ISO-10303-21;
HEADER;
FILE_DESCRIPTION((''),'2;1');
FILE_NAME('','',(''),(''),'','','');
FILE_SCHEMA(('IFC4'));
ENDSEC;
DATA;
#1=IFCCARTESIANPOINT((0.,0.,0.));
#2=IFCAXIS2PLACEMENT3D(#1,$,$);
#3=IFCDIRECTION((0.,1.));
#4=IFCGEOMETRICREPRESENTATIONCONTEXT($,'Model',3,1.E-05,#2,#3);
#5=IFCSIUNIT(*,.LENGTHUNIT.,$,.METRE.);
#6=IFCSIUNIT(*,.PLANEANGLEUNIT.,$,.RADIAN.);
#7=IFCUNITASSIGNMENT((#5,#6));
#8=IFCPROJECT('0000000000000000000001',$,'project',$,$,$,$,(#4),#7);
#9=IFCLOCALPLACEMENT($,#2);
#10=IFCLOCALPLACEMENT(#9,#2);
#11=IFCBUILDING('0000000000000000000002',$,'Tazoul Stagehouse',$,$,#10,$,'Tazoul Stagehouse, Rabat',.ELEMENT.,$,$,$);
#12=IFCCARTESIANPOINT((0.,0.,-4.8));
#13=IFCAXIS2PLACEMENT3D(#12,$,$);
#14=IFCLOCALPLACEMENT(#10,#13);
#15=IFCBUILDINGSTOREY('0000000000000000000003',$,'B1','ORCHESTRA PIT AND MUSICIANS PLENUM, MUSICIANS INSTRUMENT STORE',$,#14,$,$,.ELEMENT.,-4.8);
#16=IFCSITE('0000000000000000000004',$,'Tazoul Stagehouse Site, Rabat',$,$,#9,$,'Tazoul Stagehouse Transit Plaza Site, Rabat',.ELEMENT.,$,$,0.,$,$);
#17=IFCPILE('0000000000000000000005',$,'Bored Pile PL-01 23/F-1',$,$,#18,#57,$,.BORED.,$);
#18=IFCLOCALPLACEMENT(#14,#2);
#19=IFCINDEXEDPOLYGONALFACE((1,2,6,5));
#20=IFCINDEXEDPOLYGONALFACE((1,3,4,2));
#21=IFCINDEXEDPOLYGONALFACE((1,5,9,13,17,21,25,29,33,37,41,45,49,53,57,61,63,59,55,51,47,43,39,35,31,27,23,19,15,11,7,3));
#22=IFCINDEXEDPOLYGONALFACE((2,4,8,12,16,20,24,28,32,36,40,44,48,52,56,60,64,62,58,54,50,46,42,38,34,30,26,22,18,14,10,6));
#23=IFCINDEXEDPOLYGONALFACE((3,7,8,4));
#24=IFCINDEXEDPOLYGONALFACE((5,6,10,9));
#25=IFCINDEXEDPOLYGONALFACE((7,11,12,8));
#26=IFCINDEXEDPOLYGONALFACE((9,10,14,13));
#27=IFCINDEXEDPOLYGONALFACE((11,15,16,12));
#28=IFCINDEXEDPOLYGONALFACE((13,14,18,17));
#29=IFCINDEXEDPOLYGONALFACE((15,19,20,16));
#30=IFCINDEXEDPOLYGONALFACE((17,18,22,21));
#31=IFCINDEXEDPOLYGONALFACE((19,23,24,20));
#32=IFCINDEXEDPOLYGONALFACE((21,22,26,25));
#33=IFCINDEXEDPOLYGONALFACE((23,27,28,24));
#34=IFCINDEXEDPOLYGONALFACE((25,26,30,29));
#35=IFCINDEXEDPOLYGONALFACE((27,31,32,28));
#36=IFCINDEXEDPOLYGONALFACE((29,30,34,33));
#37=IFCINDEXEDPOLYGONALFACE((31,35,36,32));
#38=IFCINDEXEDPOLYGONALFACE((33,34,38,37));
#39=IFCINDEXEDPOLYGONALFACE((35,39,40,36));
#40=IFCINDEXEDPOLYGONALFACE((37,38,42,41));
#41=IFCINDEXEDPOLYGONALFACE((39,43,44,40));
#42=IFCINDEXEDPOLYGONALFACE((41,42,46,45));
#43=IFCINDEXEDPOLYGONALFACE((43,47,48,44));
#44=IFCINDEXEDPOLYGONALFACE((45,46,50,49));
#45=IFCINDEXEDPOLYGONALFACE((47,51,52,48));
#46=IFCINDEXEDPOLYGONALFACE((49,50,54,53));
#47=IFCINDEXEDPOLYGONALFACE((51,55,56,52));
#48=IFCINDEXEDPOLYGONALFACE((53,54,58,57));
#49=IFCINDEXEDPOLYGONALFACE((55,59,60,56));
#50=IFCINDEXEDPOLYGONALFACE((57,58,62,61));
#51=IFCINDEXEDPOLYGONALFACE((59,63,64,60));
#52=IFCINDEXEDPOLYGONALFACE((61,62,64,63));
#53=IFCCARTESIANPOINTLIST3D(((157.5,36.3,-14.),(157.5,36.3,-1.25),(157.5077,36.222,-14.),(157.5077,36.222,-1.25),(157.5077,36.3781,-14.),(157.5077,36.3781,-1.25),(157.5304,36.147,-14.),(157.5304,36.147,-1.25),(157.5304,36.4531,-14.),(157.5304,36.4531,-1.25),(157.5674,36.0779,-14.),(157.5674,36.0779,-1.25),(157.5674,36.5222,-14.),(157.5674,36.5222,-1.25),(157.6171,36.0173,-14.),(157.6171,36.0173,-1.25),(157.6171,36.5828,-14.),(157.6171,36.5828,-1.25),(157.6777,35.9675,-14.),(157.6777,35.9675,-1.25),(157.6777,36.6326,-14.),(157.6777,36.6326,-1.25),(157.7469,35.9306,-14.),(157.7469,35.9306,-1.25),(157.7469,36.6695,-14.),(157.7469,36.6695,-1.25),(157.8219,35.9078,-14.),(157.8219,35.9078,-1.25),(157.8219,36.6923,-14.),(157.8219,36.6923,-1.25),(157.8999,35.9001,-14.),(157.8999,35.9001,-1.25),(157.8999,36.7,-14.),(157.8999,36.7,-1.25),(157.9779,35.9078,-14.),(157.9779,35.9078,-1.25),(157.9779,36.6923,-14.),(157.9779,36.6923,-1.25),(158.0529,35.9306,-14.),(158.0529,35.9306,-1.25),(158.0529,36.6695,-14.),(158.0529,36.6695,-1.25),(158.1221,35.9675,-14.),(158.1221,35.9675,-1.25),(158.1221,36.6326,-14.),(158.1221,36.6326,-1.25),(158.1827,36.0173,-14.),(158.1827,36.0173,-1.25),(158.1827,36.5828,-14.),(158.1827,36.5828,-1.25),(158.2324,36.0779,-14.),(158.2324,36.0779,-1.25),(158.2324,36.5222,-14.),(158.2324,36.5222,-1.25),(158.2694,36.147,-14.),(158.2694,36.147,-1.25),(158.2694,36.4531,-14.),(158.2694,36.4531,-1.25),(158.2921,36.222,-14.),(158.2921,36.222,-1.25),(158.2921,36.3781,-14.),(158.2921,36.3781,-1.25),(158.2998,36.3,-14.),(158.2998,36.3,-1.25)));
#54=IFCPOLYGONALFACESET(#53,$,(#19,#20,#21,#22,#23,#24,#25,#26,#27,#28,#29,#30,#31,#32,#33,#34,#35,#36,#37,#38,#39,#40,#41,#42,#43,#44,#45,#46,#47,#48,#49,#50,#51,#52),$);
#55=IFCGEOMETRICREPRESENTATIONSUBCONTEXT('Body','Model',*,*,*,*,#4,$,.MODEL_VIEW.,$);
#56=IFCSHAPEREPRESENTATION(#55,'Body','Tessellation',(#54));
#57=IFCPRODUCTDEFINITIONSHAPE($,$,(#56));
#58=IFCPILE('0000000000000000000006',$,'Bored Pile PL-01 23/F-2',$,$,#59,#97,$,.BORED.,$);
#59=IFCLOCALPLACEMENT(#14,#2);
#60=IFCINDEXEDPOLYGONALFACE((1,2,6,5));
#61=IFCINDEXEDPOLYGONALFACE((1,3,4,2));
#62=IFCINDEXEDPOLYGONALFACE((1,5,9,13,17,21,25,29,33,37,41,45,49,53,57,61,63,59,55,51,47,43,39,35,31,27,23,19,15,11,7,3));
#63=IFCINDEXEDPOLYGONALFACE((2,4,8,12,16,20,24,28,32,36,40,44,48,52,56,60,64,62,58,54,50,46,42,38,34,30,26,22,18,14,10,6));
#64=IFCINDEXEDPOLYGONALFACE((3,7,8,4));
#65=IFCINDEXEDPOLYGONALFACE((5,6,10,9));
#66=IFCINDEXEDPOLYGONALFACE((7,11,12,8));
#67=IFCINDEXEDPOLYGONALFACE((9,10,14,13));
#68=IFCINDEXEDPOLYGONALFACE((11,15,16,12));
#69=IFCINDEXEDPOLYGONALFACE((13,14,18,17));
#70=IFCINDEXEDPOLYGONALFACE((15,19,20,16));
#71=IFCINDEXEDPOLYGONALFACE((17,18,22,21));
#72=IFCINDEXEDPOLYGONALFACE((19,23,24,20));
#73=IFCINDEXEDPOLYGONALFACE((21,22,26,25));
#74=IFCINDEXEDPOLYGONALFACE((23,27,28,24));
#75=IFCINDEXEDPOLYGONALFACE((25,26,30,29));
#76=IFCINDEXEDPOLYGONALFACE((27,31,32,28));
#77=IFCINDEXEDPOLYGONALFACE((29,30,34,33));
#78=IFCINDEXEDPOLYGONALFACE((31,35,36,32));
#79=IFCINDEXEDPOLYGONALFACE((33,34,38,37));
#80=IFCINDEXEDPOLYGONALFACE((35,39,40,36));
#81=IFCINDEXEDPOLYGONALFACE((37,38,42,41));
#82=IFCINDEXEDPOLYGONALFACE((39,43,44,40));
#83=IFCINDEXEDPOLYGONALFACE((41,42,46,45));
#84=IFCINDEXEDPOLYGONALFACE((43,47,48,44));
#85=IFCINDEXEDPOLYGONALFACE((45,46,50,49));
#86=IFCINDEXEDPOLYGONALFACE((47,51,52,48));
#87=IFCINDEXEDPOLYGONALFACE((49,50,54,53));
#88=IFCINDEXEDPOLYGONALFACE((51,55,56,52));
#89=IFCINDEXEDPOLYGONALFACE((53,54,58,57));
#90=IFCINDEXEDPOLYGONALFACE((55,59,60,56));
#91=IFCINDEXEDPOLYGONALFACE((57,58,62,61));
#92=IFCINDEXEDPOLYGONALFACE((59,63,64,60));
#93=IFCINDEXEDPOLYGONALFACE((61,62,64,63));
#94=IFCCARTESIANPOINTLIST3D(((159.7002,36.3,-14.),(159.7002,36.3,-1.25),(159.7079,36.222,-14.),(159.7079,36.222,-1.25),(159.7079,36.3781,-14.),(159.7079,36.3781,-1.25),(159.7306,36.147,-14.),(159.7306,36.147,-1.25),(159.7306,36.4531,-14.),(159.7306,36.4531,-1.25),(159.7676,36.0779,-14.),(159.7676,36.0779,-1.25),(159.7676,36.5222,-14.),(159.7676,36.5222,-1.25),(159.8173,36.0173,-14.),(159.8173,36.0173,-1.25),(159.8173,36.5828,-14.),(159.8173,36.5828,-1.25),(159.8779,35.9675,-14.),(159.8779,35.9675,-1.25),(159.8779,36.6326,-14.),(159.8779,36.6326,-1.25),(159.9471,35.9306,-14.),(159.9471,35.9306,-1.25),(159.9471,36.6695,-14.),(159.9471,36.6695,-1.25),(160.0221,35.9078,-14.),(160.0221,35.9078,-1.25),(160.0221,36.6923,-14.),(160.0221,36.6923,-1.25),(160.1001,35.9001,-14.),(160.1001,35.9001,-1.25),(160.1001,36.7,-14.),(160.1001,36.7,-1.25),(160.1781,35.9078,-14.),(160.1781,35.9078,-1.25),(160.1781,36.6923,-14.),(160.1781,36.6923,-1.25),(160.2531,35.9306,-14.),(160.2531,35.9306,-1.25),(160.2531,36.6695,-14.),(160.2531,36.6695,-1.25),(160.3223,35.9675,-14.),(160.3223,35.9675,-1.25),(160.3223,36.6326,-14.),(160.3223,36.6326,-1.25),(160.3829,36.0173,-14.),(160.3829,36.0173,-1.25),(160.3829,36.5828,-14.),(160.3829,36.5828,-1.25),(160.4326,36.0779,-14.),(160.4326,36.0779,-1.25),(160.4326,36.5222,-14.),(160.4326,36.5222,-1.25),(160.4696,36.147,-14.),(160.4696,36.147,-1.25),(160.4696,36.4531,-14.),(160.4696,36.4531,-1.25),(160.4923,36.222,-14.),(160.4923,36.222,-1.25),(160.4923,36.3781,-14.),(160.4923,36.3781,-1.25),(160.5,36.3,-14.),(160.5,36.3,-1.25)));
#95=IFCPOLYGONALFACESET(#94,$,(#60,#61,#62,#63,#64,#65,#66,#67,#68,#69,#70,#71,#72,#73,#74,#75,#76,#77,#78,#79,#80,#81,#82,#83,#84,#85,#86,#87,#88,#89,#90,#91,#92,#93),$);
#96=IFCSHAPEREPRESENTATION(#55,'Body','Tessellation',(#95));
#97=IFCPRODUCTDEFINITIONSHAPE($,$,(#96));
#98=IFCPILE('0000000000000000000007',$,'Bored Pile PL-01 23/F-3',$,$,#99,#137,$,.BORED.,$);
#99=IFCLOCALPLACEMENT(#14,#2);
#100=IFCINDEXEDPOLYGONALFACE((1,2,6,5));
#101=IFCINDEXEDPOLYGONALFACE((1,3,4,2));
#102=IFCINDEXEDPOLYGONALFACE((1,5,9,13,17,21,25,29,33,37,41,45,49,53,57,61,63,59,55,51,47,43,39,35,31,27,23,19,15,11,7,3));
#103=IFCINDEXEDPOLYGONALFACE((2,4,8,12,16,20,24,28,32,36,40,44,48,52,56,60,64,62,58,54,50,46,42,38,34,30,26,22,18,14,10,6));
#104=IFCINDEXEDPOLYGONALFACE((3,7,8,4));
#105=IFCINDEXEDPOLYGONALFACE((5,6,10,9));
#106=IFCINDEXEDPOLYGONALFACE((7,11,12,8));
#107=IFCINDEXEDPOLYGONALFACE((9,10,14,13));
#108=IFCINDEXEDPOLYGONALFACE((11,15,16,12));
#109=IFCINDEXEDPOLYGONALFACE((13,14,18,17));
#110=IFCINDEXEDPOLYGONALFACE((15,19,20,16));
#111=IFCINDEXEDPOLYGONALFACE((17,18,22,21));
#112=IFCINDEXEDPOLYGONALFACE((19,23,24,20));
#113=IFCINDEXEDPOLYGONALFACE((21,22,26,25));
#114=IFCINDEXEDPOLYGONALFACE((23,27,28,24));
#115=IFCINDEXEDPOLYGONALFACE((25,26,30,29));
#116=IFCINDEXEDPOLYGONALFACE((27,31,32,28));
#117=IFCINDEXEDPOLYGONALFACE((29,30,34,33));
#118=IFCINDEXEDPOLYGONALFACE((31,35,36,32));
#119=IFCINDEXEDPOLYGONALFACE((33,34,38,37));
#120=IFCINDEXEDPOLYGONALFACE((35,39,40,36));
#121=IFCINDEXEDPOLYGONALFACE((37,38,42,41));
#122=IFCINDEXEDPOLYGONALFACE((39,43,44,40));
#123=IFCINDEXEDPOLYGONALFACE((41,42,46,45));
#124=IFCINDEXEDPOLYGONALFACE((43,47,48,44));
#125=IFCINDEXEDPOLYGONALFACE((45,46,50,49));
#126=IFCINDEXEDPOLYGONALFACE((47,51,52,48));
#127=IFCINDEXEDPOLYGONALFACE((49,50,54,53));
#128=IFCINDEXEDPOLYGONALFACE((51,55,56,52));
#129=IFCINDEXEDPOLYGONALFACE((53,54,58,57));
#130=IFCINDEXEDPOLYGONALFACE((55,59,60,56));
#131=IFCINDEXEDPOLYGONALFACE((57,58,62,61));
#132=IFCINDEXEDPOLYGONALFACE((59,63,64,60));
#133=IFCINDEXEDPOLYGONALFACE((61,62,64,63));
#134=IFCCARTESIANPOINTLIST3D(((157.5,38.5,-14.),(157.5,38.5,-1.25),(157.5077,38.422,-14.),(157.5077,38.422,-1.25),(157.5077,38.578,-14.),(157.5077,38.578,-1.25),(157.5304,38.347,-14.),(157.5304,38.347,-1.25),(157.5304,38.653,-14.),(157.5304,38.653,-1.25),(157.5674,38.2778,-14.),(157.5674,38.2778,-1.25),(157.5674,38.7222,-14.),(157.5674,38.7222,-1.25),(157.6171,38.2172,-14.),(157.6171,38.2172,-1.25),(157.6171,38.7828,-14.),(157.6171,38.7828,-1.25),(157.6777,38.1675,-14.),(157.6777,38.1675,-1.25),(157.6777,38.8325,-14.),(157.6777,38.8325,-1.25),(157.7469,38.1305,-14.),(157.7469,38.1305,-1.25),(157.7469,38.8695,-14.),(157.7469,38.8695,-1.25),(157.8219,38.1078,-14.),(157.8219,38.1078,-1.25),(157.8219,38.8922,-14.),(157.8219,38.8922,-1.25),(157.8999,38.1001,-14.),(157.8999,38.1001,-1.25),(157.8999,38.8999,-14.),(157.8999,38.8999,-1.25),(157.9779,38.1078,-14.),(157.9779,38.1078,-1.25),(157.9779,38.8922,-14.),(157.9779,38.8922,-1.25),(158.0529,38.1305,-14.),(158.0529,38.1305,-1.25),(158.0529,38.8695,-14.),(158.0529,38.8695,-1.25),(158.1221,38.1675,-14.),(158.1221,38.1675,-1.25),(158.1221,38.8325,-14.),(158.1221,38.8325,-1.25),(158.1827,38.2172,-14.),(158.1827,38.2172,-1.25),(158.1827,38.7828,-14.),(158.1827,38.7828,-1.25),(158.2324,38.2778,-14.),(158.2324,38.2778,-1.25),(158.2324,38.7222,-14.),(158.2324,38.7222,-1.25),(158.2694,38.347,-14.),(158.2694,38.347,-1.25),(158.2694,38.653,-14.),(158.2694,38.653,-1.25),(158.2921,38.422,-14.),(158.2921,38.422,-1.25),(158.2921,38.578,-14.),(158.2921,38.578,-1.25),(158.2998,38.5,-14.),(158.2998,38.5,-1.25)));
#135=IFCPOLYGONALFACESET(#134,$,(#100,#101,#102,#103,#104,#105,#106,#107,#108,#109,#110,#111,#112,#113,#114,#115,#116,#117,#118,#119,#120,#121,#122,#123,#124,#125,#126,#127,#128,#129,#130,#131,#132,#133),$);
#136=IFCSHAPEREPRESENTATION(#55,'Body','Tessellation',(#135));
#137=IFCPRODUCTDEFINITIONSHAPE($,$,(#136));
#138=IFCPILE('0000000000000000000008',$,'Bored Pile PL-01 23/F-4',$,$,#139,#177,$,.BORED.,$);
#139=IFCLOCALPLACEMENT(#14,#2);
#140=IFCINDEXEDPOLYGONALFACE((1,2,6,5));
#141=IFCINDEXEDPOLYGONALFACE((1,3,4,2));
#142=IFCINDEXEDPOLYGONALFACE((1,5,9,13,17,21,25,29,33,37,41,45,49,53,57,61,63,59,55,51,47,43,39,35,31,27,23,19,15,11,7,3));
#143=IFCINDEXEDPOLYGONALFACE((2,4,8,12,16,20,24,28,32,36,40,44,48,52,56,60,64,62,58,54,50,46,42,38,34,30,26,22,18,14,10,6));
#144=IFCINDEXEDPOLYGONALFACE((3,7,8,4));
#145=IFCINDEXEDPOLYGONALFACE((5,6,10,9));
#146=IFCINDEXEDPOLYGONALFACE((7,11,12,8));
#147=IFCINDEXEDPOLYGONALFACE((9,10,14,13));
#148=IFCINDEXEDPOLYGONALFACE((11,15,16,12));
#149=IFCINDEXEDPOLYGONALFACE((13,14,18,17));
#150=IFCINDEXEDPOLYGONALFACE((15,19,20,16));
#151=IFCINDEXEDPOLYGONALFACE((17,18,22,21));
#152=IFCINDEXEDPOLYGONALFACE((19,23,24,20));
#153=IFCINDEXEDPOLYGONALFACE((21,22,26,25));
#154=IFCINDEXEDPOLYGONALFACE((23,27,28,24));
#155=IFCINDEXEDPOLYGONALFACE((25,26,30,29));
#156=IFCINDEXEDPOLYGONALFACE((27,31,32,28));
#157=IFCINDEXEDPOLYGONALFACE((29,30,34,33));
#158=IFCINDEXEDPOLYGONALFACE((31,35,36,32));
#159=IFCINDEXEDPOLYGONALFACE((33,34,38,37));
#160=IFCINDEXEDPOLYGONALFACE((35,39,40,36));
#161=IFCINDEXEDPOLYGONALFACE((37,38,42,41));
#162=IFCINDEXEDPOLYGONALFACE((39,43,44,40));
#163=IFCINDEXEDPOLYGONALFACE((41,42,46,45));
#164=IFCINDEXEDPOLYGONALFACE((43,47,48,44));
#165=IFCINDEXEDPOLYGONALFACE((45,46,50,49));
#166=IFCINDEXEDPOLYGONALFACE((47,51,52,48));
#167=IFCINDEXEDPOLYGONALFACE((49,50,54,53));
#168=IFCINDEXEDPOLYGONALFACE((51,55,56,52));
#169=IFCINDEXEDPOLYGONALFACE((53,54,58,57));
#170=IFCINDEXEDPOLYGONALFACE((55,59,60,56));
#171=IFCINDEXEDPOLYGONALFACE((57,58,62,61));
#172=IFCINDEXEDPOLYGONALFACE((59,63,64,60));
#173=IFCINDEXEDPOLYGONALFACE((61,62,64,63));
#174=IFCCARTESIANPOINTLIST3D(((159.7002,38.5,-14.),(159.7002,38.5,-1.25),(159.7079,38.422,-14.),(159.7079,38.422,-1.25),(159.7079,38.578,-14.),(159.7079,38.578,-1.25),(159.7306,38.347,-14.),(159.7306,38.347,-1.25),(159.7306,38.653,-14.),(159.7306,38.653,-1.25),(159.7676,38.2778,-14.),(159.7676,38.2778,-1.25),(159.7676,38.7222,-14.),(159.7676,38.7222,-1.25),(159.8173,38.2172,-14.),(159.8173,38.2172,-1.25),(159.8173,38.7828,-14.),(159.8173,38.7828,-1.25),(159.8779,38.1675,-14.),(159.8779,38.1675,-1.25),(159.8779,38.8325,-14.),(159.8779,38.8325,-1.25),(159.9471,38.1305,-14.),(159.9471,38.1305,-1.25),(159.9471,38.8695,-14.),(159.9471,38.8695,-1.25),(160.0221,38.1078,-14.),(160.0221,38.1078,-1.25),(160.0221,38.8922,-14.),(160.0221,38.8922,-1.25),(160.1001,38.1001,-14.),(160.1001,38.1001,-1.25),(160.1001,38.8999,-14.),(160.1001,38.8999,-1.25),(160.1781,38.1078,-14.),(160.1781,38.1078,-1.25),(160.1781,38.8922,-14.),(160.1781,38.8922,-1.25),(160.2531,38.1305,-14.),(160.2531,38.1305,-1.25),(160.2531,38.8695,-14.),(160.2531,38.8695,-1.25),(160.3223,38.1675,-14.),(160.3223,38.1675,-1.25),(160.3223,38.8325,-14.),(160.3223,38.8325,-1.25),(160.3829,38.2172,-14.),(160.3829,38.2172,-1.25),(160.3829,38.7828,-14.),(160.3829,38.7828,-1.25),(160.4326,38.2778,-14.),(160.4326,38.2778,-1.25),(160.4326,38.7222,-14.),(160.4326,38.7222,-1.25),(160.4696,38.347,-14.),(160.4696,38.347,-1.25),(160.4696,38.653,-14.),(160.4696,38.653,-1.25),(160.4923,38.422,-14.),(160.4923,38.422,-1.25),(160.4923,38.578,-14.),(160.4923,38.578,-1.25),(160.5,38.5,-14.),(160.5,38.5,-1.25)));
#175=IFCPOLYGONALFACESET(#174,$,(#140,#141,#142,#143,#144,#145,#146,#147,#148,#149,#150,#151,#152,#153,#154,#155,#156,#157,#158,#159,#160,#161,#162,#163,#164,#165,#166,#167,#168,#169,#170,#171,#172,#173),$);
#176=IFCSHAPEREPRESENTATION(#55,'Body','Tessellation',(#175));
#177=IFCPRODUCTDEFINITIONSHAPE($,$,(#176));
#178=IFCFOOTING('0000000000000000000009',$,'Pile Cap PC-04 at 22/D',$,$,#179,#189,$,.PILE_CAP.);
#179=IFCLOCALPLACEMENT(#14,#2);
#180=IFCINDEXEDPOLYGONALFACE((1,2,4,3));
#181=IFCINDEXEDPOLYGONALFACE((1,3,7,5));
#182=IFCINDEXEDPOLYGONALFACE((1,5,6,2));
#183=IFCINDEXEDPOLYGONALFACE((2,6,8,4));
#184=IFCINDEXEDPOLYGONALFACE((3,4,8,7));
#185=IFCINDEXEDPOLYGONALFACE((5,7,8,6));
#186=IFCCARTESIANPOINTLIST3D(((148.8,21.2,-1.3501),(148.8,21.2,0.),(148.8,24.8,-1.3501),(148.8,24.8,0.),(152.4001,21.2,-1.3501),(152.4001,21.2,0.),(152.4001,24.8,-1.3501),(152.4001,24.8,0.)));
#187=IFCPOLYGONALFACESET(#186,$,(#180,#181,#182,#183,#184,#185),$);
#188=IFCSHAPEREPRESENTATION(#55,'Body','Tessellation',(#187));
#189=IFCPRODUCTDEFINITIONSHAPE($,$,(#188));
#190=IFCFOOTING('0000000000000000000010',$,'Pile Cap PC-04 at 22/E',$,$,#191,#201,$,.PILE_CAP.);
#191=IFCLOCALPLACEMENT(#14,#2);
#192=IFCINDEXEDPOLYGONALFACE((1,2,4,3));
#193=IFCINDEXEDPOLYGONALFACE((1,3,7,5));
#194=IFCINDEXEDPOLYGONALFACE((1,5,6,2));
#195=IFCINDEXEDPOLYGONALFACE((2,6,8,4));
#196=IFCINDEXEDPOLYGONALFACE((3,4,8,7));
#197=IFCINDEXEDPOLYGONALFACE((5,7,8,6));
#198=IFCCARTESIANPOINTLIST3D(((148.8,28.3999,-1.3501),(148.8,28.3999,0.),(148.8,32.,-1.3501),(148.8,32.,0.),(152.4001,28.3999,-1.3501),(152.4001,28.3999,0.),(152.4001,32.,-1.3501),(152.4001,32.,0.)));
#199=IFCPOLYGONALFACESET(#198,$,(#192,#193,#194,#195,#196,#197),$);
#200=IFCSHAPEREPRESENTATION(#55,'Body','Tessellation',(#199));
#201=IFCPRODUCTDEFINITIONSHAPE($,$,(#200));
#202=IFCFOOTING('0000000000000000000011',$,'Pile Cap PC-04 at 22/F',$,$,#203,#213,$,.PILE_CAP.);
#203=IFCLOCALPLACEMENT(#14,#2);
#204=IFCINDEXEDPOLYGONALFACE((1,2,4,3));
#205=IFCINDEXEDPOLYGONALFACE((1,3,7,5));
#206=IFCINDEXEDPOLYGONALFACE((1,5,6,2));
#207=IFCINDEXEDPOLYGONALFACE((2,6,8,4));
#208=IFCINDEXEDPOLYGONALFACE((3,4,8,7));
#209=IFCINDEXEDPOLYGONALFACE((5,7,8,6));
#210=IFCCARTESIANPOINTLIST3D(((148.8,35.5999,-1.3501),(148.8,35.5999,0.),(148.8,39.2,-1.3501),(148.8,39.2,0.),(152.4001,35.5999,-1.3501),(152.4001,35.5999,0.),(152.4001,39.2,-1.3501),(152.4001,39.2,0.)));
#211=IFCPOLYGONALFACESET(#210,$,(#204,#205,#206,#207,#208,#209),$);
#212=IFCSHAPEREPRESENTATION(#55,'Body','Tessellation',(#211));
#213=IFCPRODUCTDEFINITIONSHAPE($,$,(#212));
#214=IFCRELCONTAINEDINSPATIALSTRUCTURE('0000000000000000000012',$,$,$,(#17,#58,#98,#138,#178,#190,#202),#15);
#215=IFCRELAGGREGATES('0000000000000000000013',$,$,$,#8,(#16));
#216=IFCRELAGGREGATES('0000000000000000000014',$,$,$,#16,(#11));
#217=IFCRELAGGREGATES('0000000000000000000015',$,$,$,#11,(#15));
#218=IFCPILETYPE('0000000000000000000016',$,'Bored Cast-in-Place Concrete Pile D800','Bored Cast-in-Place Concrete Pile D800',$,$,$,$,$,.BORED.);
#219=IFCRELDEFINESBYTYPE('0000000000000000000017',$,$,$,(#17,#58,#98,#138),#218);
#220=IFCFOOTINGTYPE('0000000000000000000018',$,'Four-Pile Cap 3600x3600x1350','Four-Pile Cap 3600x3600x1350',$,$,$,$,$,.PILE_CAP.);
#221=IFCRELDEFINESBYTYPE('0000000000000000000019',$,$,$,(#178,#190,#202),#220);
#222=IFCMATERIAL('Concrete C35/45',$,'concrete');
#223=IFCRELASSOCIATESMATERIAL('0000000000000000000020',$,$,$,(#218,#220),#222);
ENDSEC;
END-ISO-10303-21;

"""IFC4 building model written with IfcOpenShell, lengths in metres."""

from ifc_helpers import new_model, si_unit, direction, frame, origin, origin_2d, place, context, subcontext, project, spatial, rectangle, circle, extrude, material, material_profile, profile_set, type_object, element, save


model = new_model("IFC4")

# Units and contexts
model_context = context("Model", 3, precision=1e-05, world=origin(), true_north=direction((0.0, 1.0)))
body_context = subcontext(model_context, "Body", "Model", "MODEL_VIEW")
ifc_project = project(units=[si_unit("LENGTHUNIT", "METRE"), si_unit("PLANEANGLEUNIT", "RADIAN")], contexts=[model_context])

# Site, building, storey
site_placement = place(None, origin())
site = spatial("IfcSite", under=ifc_project, at=site_placement, Name="Tazoul Stagehouse Site, Rabat", LongName="Tazoul Stagehouse Transit Plaza Site, Rabat", CompositionType="ELEMENT", RefElevation=0.0)
building_placement = place(site_placement, origin())
building = spatial("IfcBuilding", under=site, at=building_placement, Name="Tazoul Stagehouse", LongName="Tazoul Stagehouse, Rabat", CompositionType="ELEMENT")
storey_placement = place(building_placement, frame((0.0, 0.0, -4.8)))
storey = spatial("IfcBuildingStorey", under=building, at=storey_placement, Name="B1", Description="ORCHESTRA PIT AND MUSICIANS PLENUM, MUSICIANS INSTRUMENT STORE", CompositionType="ELEMENT", Elevation=-4.8)

# Piles
ifc_material_1 = material(Name="Concrete C35/45", Category="concrete")
ifc_material_profile_1 = material_profile(ifc_material_1, circle(Radius=0.3999, at=origin_2d()), Name="BORED PILE 800")
ifc_profile_set_1 = profile_set([ifc_material_profile_1], Name="Concrete C35/45")
pile_type = type_object("IfcPileType", Name="Bored Cast-in-Place Concrete Pile D800", Description="Bored Cast-in-Place Concrete Pile D800", PredefinedType="BORED", material=ifc_profile_set_1)
for number, where, z_axis, x_axis, name in (
    (1, (157.8999, 36.3, -1.25), (0.0, 0.0, -1.0), (1.0, 0.0, 0.0), "Bored Pile PL-01 23/F-1"),
    (2, (160.1001, 36.3, -1.25), (0.0, 0.0, -1.0), (1.0, 0.0, 0.0), "Bored Pile PL-01 23/F-2"),
    (3, (157.8999, 38.5, -1.25), (0.0, 0.0, -1.0), (1.0, 0.0, 0.0), "Bored Pile PL-01 23/F-3"),
    (4, (160.1001, 38.5, -1.25), (0.0, 0.0, -1.0), (1.0, 0.0, 0.0), "Bored Pile PL-01 23/F-4"),
):
    element("IfcPile", number, at=place(storey_placement, frame(where, z_axis=z_axis, x_axis=x_axis)), inside=storey, type_object=pile_type, Name=name, PredefinedType="BORED", context=body_context, shape_type="SweptSolid", body=[
        extrude(circle(Radius=0.3999, at=origin_2d()), origin(), (0.0, 0.0, 1.0), 12.75),
    ])

# Footings
footing_type_1 = type_object("IfcFootingType", Name="Four-Pile Cap 3600x3600x1350", Description="Four-Pile Cap 3600x3600x1350", PredefinedType="PILE_CAP", material=ifc_material_1)
for number, where, z_axis, x_axis, name in (
    (5, (150.6001, 23.0, -1.3501), (0.0, 0.0, 1.0), (1.0, 0.0, 0.0), "Pile Cap PC-04 at 22/D"),
    (6, (150.6001, 30.2, -1.3501), (0.0, 0.0, 1.0), (1.0, 0.0, 0.0), "Pile Cap PC-04 at 22/E"),
    (7, (150.6001, 37.3999, -1.3501), (0.0, 0.0, 1.0), (1.0, 0.0, 0.0), "Pile Cap PC-04 at 22/F"),
):
    element("IfcFooting", number, at=place(storey_placement, frame(where, z_axis=z_axis, x_axis=x_axis)), inside=storey, type_object=footing_type_1, Name=name, PredefinedType="PILE_CAP", context=body_context, shape_type="SweptSolid", body=[
        extrude(rectangle(XDim=3.6001, YDim=3.6001, at=origin_2d()), origin(), (0.0, 0.0, 1.0), 1.3501),
    ])

save(model, "model.ifc")
